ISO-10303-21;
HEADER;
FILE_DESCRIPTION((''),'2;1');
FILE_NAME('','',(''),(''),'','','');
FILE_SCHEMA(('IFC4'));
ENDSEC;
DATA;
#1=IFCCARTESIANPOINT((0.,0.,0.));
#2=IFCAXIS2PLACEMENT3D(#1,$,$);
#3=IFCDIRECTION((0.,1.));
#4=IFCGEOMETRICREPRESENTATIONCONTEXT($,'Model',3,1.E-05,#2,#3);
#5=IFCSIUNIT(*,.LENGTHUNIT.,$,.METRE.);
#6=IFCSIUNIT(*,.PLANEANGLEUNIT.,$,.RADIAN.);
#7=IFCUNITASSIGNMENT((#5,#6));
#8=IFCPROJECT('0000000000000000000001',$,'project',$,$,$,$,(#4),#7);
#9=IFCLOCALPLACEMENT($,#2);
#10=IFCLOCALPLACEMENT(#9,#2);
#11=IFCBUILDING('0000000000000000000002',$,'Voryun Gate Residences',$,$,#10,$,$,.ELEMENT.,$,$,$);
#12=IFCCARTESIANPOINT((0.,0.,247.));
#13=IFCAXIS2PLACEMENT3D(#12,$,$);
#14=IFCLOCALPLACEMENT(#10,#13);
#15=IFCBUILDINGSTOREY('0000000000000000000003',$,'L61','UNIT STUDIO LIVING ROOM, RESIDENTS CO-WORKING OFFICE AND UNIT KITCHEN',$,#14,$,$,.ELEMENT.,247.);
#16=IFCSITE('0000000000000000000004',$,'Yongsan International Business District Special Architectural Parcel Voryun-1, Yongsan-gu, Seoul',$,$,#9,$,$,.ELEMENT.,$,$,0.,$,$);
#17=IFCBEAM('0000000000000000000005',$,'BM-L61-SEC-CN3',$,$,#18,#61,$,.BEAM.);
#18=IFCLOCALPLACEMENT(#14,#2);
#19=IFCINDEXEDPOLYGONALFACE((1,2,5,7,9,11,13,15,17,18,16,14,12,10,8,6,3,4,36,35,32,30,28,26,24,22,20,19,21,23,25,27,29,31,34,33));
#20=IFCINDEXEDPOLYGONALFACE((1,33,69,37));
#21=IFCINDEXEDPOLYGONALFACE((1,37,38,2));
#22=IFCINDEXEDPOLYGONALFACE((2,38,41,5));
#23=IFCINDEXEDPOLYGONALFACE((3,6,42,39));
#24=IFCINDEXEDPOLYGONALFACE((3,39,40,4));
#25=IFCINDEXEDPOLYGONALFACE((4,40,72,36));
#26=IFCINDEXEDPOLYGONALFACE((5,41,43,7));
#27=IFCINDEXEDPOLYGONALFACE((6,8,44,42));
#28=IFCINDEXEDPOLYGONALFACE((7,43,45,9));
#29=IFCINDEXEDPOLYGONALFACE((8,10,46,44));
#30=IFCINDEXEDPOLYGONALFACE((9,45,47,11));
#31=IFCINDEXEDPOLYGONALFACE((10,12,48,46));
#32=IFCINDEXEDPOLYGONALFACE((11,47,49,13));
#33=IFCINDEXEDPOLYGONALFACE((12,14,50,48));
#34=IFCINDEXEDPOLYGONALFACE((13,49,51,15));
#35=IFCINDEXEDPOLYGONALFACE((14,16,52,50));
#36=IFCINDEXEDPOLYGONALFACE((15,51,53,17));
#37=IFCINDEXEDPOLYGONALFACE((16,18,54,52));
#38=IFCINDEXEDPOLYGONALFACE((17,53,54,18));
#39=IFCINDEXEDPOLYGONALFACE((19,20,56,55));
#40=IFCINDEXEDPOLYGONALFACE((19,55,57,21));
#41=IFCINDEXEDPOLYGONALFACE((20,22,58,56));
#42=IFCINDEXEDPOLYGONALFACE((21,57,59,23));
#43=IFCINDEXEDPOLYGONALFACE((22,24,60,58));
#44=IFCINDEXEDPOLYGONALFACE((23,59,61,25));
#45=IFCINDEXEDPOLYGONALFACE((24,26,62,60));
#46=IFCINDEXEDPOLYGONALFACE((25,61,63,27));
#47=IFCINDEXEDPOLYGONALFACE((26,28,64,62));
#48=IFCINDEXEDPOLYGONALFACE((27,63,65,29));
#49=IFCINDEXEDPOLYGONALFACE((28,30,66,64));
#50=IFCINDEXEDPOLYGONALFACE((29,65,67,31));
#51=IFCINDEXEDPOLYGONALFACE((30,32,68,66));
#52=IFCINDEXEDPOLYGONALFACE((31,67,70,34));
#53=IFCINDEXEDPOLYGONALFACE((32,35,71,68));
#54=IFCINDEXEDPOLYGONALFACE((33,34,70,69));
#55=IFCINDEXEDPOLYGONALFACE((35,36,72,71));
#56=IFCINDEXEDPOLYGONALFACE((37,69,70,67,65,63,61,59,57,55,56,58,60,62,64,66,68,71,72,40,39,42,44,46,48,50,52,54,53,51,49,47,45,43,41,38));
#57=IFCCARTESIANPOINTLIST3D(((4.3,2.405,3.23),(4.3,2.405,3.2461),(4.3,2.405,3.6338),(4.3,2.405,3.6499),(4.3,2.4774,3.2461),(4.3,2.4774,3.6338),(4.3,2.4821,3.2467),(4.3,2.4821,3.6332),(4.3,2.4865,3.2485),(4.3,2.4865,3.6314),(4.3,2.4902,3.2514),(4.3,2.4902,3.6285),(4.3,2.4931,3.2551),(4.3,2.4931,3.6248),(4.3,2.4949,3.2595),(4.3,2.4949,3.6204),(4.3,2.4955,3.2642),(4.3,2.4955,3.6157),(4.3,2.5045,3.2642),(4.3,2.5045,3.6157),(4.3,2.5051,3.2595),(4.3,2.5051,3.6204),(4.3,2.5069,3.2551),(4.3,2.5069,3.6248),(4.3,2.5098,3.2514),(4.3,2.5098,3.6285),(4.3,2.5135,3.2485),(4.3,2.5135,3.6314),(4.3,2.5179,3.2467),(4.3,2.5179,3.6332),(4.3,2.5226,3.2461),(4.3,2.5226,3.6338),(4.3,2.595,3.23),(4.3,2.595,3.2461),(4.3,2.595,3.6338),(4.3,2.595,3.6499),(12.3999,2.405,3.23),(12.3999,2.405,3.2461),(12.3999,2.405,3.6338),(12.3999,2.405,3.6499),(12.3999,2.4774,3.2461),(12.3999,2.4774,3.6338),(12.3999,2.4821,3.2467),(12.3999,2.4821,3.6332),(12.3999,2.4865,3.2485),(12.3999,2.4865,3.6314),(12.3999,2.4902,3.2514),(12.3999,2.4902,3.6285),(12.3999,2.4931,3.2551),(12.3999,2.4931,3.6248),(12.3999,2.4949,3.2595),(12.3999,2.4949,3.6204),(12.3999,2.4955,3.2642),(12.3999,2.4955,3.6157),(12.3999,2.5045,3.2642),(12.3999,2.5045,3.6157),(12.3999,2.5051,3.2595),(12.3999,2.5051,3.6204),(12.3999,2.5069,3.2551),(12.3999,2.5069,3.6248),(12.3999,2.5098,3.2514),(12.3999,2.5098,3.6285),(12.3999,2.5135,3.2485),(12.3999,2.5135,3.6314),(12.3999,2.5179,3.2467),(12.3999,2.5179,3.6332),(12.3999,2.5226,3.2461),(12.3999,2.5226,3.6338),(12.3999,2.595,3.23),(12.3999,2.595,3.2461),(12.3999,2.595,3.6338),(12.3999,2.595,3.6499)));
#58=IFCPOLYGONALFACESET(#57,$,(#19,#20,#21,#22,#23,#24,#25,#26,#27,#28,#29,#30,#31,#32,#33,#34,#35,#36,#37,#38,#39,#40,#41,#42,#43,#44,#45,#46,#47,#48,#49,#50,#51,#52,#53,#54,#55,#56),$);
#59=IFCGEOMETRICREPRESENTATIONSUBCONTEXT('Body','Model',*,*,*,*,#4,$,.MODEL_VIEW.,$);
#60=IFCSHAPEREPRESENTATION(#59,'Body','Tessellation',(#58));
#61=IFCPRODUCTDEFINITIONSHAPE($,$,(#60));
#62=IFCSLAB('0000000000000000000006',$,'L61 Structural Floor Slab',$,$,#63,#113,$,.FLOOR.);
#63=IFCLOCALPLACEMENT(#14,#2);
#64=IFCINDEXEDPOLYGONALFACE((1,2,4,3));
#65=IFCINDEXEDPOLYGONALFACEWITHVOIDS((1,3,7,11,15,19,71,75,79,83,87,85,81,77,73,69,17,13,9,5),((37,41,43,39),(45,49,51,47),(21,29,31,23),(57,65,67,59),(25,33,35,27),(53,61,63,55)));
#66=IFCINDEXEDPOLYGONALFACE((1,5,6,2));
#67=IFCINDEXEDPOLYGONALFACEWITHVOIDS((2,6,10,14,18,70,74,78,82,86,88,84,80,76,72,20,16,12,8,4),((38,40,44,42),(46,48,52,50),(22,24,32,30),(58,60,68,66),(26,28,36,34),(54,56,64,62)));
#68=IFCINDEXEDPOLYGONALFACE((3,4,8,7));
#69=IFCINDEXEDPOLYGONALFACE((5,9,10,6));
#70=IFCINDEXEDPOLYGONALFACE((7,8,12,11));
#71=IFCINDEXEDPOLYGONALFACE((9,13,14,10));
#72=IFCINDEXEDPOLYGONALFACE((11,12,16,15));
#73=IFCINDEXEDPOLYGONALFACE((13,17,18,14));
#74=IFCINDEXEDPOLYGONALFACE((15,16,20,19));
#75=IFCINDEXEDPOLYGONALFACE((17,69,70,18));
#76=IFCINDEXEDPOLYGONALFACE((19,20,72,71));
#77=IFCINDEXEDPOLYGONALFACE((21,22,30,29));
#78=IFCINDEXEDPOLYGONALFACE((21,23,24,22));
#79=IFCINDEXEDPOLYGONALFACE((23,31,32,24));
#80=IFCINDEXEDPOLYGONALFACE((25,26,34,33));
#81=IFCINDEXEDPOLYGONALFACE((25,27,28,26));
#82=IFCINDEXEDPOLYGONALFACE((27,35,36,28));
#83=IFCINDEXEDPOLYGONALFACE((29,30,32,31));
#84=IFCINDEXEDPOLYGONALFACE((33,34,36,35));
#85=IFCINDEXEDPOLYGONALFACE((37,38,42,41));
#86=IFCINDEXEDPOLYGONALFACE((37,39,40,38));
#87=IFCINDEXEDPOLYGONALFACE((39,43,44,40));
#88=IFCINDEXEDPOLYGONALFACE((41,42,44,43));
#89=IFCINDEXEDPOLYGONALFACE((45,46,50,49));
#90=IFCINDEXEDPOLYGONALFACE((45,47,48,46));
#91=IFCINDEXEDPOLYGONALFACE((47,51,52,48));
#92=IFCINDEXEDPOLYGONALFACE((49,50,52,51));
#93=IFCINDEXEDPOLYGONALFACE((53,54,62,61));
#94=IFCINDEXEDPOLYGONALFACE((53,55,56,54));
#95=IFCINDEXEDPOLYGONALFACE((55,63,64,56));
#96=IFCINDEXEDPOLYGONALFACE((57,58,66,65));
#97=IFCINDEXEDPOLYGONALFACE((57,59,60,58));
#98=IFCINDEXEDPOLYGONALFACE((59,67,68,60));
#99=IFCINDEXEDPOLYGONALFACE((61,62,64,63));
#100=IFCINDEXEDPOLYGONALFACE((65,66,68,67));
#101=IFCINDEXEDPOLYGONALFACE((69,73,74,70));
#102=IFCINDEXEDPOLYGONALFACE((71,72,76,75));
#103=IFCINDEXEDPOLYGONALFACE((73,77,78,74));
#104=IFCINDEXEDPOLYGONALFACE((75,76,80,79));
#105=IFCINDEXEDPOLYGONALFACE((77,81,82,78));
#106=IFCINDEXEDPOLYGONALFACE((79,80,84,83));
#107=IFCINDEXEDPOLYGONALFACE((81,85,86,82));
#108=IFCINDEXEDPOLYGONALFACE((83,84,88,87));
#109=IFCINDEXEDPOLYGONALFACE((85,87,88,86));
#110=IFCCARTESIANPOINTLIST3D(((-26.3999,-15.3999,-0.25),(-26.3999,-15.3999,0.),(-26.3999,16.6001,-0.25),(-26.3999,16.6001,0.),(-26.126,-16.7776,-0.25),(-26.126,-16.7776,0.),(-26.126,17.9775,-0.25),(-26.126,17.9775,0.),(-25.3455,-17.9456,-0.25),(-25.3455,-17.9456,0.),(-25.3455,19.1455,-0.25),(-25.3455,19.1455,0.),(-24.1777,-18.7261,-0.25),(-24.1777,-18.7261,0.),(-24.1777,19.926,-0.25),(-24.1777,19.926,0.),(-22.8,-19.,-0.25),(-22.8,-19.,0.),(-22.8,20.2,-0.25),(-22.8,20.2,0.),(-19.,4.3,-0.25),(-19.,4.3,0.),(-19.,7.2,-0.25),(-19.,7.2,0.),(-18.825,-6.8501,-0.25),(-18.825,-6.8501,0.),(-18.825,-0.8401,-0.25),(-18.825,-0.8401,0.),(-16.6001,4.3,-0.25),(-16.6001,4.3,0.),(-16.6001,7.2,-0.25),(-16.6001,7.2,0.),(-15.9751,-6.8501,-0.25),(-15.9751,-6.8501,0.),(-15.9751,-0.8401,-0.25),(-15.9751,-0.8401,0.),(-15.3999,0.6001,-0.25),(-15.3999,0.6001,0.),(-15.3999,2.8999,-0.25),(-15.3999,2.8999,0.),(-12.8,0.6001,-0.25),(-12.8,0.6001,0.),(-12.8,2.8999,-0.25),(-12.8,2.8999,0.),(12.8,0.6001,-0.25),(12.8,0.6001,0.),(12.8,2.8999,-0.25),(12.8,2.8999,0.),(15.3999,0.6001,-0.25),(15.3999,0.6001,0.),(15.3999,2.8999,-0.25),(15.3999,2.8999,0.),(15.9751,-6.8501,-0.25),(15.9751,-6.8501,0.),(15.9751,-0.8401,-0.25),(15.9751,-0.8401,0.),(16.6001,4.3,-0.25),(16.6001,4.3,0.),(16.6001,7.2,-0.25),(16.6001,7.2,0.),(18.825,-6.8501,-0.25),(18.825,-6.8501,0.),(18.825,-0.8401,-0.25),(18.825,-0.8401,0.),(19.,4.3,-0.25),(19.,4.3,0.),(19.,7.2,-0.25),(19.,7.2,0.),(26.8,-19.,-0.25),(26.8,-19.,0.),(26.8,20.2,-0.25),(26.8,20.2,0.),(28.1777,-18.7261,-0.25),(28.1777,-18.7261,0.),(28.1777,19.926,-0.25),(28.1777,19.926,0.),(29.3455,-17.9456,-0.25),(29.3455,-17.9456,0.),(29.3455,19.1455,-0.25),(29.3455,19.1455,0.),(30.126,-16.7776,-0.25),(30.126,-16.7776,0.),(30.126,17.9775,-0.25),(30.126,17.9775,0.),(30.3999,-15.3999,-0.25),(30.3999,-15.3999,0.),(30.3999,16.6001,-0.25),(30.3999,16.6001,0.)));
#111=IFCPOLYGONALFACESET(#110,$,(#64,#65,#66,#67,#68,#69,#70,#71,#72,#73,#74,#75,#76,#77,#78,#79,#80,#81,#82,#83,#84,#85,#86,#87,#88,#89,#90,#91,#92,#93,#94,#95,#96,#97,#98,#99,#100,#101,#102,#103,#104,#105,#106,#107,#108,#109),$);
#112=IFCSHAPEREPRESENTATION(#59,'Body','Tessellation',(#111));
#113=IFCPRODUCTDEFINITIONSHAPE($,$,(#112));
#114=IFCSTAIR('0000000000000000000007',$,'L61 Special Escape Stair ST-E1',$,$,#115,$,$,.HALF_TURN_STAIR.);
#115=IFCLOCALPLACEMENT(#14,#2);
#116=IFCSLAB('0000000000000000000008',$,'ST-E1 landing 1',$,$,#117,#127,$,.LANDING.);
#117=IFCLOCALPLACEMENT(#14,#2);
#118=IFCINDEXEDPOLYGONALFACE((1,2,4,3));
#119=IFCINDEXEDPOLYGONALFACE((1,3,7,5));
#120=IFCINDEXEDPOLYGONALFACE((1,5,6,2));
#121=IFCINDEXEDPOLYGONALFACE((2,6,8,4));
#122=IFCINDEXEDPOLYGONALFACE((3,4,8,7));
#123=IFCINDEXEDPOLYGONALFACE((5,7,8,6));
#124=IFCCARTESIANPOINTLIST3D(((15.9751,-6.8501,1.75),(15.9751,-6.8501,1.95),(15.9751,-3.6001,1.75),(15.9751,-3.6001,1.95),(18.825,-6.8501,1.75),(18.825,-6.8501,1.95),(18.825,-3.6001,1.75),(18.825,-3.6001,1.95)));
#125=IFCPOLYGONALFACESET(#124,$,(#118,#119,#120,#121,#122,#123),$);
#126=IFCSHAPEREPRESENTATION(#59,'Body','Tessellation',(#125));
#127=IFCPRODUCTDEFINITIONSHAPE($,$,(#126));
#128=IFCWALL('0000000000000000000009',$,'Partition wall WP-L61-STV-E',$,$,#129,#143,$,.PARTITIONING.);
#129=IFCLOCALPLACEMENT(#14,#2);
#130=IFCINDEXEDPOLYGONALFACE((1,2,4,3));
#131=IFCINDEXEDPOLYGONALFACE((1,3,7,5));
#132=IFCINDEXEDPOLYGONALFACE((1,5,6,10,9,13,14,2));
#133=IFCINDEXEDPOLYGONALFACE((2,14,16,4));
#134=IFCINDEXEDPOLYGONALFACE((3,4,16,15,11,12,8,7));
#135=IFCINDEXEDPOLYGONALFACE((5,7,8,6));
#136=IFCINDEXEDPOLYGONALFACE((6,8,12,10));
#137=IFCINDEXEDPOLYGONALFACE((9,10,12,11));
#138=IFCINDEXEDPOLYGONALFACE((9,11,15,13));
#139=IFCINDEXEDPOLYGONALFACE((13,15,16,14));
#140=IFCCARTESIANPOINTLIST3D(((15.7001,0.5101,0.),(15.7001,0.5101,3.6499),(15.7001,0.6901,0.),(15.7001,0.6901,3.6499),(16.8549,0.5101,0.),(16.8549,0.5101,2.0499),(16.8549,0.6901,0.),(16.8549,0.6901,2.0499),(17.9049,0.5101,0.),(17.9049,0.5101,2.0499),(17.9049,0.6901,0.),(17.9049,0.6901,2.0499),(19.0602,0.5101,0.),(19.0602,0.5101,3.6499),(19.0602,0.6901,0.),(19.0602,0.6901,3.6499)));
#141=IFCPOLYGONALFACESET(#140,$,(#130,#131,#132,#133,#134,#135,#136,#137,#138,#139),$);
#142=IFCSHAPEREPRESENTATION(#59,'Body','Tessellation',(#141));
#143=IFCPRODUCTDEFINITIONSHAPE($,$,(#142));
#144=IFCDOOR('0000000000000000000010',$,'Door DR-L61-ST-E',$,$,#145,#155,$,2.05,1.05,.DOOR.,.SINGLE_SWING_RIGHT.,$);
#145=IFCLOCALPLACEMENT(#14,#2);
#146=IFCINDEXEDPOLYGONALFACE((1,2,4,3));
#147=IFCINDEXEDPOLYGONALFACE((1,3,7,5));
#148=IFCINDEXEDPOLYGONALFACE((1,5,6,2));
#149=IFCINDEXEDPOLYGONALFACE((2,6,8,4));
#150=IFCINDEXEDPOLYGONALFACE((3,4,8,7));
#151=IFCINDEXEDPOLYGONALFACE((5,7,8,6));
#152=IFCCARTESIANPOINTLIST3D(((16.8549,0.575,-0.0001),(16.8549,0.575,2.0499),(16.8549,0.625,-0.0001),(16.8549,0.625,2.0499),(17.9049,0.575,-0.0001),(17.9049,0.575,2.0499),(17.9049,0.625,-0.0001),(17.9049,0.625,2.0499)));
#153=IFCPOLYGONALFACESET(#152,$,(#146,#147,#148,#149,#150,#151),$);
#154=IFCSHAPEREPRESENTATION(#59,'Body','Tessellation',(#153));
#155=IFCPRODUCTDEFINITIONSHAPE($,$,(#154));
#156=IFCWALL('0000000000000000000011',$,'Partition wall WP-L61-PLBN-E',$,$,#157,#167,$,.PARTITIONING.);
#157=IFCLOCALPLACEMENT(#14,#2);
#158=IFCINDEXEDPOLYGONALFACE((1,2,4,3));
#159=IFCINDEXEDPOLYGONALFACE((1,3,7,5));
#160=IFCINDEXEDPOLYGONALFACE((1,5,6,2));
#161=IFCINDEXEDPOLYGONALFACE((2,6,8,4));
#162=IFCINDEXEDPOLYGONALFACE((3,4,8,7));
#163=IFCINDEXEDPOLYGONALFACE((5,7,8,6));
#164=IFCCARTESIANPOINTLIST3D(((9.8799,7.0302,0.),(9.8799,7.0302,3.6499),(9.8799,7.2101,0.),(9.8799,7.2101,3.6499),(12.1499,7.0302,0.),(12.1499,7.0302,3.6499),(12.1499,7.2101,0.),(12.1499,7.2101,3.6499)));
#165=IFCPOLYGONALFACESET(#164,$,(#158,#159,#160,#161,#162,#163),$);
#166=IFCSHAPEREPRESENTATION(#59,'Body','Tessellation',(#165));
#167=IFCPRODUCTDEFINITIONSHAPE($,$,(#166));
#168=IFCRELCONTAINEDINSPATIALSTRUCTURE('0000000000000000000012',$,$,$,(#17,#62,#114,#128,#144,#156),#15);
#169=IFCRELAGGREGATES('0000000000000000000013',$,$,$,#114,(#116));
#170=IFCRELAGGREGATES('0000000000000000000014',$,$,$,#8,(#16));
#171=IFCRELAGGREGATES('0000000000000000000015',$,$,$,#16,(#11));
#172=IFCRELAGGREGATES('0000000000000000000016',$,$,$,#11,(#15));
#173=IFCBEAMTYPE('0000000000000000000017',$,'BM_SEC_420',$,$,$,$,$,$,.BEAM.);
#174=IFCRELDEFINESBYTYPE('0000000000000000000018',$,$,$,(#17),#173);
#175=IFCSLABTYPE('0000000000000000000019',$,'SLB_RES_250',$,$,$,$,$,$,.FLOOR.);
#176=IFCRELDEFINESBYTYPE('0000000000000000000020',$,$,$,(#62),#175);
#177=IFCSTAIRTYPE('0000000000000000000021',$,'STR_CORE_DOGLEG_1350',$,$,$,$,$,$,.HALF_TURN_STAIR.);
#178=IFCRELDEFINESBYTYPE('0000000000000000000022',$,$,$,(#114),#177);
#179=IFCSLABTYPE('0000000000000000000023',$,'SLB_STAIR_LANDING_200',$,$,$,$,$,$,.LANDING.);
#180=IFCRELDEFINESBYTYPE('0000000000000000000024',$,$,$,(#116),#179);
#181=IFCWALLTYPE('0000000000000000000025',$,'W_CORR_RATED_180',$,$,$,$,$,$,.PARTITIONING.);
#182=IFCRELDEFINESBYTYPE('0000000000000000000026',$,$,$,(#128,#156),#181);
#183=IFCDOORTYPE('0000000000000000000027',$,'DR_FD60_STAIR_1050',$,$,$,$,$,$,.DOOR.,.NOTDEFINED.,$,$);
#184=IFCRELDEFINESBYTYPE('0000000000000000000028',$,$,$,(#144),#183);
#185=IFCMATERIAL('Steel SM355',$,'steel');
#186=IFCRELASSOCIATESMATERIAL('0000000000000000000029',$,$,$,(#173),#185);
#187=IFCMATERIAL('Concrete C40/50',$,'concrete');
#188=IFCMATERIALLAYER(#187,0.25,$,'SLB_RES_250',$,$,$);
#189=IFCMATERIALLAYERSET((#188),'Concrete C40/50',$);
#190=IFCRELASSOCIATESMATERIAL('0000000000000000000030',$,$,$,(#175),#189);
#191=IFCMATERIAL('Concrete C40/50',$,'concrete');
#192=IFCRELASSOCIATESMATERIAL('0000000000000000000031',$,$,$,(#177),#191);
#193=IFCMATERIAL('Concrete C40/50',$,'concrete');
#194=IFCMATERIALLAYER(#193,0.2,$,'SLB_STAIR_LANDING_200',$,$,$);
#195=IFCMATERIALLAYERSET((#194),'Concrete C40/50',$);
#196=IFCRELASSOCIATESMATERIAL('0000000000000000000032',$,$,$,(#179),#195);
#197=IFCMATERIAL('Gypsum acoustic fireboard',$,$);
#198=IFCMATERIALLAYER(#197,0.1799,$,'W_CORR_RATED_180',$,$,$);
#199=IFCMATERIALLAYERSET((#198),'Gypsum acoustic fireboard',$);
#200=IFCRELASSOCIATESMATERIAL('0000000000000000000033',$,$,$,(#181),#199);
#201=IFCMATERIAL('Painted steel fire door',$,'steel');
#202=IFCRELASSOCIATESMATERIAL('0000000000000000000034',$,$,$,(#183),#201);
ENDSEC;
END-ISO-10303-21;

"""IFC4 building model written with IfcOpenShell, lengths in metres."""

from ifc_helpers import new_model, si_unit, direction, frame, frame_2d, origin, origin_2d, place, context, subcontext, project, spatial, polyline, rectangle, i_section, outline, extrude, material, layer, layer_set, material_profile, profile_set, type_object, element, fill, aggregate, save


model = new_model("IFC4")

# Units and contexts
model_context = context("Model", 3, precision=1e-05, world=origin(), true_north=direction((0.0, 1.0)))
body_context = subcontext(model_context, "Body", "Model", "MODEL_VIEW")
ifc_project = project(units=[si_unit("LENGTHUNIT", "METRE"), si_unit("PLANEANGLEUNIT", "RADIAN")], contexts=[model_context])

# Site, building, storey
site_placement = place(None, origin())
site = spatial("IfcSite", under=ifc_project, at=site_placement, Name="Yongsan International Business District Special Architectural Parcel Voryun-1, Yongsan-gu, Seoul", CompositionType="ELEMENT", RefElevation=0.0)
building_placement = place(site_placement, origin())
building = spatial("IfcBuilding", under=site, at=building_placement, Name="Voryun Gate Residences", CompositionType="ELEMENT")
storey_placement = place(building_placement, frame((0.0, 0.0, 247.0)))
storey = spatial("IfcBuildingStorey", under=building, at=storey_placement, Name="L61", Description="UNIT STUDIO LIVING ROOM, RESIDENTS CO-WORKING OFFICE AND UNIT KITCHEN", CompositionType="ELEMENT", Elevation=247.0)

# Beam
ifc_material_1 = material(Name="Steel SM355", Category="steel")
ifc_material_profile_1 = material_profile(ifc_material_1, i_section(OverallWidth=0.1899, OverallDepth=0.4199, WebThickness=0.009, FlangeThickness=0.0161, FilletRadius=0.0181, at=origin_2d()), Name="H-420x190x9x16")
ifc_profile_set_1 = profile_set([ifc_material_profile_1], Name="Steel SM355")
beam_type_1 = type_object("IfcBeamType", Name="BM_SEC_420", PredefinedType="BEAM", material=ifc_profile_set_1)
for number, where, z_axis, x_axis, name in (
    (1, (4.3, 2.5, 3.4399), (1.0, 0.0, 0.0), (0.0, 1.0, 0.0), "BM-L61-SEC-CN3"),
):
    element("IfcBeam", number, at=place(storey_placement, frame(where, z_axis=z_axis, x_axis=x_axis)), inside=storey, type_object=beam_type_1, Name=name, PredefinedType="BEAM", context=body_context, shape_type="SweptSolid", body=[
        extrude(i_section(OverallWidth=0.1899, OverallDepth=0.4199, WebThickness=0.009, FlangeThickness=0.0161, FilletRadius=0.0181, at=origin_2d()), origin(), (0.0, 0.0, 1.0), 8.0999),
    ])

# Slab
ifc_material_2 = material(Name="Concrete C40/50", Category="concrete")
ifc_layer_1 = layer(ifc_material_2, 0.25, Name="SLB_RES_250")
ifc_layer_set_1 = layer_set([ifc_layer_1], Name="Concrete C40/50")
slab_type_1 = type_object("IfcSlabType", Name="SLB_RES_250", PredefinedType="FLOOR", material=ifc_layer_set_1)
slab_1_placement = place(storey_placement, frame((0.0, 0.0, -0.25)))
element("IfcSlab", 2, at=slab_1_placement, inside=storey, type_object=slab_type_1, Name="L61 Structural Floor Slab", PredefinedType="FLOOR", context=body_context, shape_type="SweptSolid", body=[
    extrude(outline(polyline([(-22.8, -19.0), (-24.1777, -18.7261), (-25.3455, -17.9456), (-26.126, -16.7776), (-26.3999, -15.3999), (-26.3999, 16.6001), (-26.126, 17.9775), (-25.3455, 19.1455), (-24.1777, 19.926), (-22.8, 20.2), (26.8, 20.2), (28.1777, 19.926), (29.3455, 19.1455), (30.126, 17.9775), (30.3999, 16.6001), (30.3999, -15.3999), (30.126, -16.7776), (29.3455, -17.9456), (28.1777, -18.7261), (26.8, -19.0), (-22.8, -19.0)]), holes=[polyline([(-15.9751, -0.8401), (-18.825, -0.8401), (-18.825, -6.8501), (-15.9751, -6.8501), (-15.9751, -0.8401)]), polyline([(18.825, -6.8501), (18.825, -0.8401), (15.9751, -0.8401), (15.9751, -6.8501), (18.825, -6.8501)]), polyline([(-12.8, 2.8999), (-15.3999, 2.8999), (-15.3999, 0.6001), (-12.8, 0.6001), (-12.8, 2.8999)]), polyline([(12.8, 2.8999), (12.8, 0.6001), (15.3999, 0.6001), (15.3999, 2.8999), (12.8, 2.8999)]), polyline([(-16.6001, 7.2), (-19.0, 7.2), (-19.0, 4.3), (-16.6001, 4.3), (-16.6001, 7.2)]), polyline([(19.0, 7.2), (16.6001, 7.2), (16.6001, 4.3), (19.0, 4.3), (19.0, 7.2)])]), origin(), (0.0, 0.0, 1.0), 0.25),
])

# Stair, slab
ifc_material_3 = material(Name="Concrete C40/50", Category="concrete")
stair_type = type_object("IfcStairType", Name="STR_CORE_DOGLEG_1350", PredefinedType="HALF_TURN_STAIR", material=ifc_material_3)
stair_placement = place(storey_placement, origin())
stair = element("IfcStair", 3, at=stair_placement, inside=storey, type_object=stair_type, Name="L61 Special Escape Stair ST-E1", PredefinedType="HALF_TURN_STAIR")
ifc_material_4 = material(Name="Concrete C40/50", Category="concrete")
ifc_layer_2 = layer(ifc_material_4, 0.2, Name="SLB_STAIR_LANDING_200")
ifc_layer_set_2 = layer_set([ifc_layer_2], Name="Concrete C40/50")
slab_type_2 = type_object("IfcSlabType", Name="SLB_STAIR_LANDING_200", PredefinedType="LANDING", material=ifc_layer_set_2)
slab_2_placement = place(storey_placement, frame((0.0, 0.0, 1.75)))
slab_2 = element("IfcSlab", 4, at=slab_2_placement, type_object=slab_type_2, Name="ST-E1 landing 1", PredefinedType="LANDING", context=body_context, shape_type="SweptSolid", body=[
    extrude(outline(polyline([(15.9751, -3.6001), (15.9751, -6.8501), (18.825, -6.8501), (18.825, -3.6001), (15.9751, -3.6001)])), origin(), (0.0, 0.0, 1.0), 0.2),
])
aggregate(stair, [slab_2])

# Wall, opening, door
ifc_material_5 = material(Name="Gypsum acoustic fireboard")
ifc_layer_3 = layer(ifc_material_5, 0.1799, Name="W_CORR_RATED_180")
ifc_layer_set_3 = layer_set([ifc_layer_3], Name="Gypsum acoustic fireboard")
wall_type_1 = type_object("IfcWallType", Name="W_CORR_RATED_180", PredefinedType="PARTITIONING", material=ifc_layer_set_3)
wall_1_placement = place(storey_placement, frame((15.7, 0.6001, 0.0), z_axis=(0.0, 0.0, 1.0), x_axis=(1.0, 0.0, 0.0)))
wall_1 = element("IfcWall", 5, at=wall_1_placement, inside=storey, type_object=wall_type_1, Name="Partition wall WP-L61-STV-E", PredefinedType="PARTITIONING", context=body_context, shape_type="SweptSolid", body=[
    extrude(rectangle(XDim=3.3601, YDim=0.1799, at=frame_2d((1.6802, 0.0))), origin(), (0.0, 0.0, 1.0), 3.6499),
])
opening_1_placement = place(wall_1_placement, frame((1.155, 0.0, 0.0)))
opening_1 = element("IfcOpeningElement", 6, at=opening_1_placement, cuts=wall_1, PredefinedType="OPENING", context=body_context, shape_type="SweptSolid", body=[
    extrude(rectangle(XDim=1.05, YDim=2.05, at=frame_2d((0.5249, 1.0249))), frame((0.0, 0.0999, 0.0), z_axis=(0.0, -1.0, 0.0), x_axis=(1.0, 0.0, 0.0)), (0.0, 0.0, 1.0), 0.2),
])
ifc_material_6 = material(Name="Painted steel fire door", Category="steel")
door_type_1 = type_object("IfcDoorType", Name="DR_FD60_STAIR_1050", OperationType="NOTDEFINED", PredefinedType="DOOR", material=ifc_material_6)
door_1_placement = place(opening_1_placement, origin())
door_1 = element("IfcDoor", 7, at=door_1_placement, inside=storey, type_object=door_type_1, Name="Door DR-L61-ST-E", OperationType="SINGLE_SWING_RIGHT", OverallHeight=2.05, OverallWidth=1.05, PredefinedType="DOOR", context=body_context, shape_type="SweptSolid", body=[
    extrude(rectangle(XDim=1.05, YDim=2.05, at=frame_2d((0.5249, 1.0249))), frame((0.0, 0.0249, 0.0), z_axis=(0.0, -1.0, 0.0), x_axis=(1.0, 0.0, 0.0)), (0.0, 0.0, 1.0), 0.05),
])
fill(opening_1, door_1)

# Wall
wall_2_placement = place(storey_placement, frame((9.8799, 7.1201, 0.0), z_axis=(0.0, 0.0, 1.0), x_axis=(1.0, 0.0, 0.0)))
element("IfcWall", 8, at=wall_2_placement, inside=storey, type_object=wall_type_1, Name="Partition wall WP-L61-PLBN-E", PredefinedType="PARTITIONING", context=body_context, shape_type="SweptSolid", body=[
    extrude(rectangle(XDim=2.27, YDim=0.1799, at=frame_2d((1.135, 0.0))), origin(), (0.0, 0.0, 1.0), 3.6499),
])

save(model, "model.ifc")
